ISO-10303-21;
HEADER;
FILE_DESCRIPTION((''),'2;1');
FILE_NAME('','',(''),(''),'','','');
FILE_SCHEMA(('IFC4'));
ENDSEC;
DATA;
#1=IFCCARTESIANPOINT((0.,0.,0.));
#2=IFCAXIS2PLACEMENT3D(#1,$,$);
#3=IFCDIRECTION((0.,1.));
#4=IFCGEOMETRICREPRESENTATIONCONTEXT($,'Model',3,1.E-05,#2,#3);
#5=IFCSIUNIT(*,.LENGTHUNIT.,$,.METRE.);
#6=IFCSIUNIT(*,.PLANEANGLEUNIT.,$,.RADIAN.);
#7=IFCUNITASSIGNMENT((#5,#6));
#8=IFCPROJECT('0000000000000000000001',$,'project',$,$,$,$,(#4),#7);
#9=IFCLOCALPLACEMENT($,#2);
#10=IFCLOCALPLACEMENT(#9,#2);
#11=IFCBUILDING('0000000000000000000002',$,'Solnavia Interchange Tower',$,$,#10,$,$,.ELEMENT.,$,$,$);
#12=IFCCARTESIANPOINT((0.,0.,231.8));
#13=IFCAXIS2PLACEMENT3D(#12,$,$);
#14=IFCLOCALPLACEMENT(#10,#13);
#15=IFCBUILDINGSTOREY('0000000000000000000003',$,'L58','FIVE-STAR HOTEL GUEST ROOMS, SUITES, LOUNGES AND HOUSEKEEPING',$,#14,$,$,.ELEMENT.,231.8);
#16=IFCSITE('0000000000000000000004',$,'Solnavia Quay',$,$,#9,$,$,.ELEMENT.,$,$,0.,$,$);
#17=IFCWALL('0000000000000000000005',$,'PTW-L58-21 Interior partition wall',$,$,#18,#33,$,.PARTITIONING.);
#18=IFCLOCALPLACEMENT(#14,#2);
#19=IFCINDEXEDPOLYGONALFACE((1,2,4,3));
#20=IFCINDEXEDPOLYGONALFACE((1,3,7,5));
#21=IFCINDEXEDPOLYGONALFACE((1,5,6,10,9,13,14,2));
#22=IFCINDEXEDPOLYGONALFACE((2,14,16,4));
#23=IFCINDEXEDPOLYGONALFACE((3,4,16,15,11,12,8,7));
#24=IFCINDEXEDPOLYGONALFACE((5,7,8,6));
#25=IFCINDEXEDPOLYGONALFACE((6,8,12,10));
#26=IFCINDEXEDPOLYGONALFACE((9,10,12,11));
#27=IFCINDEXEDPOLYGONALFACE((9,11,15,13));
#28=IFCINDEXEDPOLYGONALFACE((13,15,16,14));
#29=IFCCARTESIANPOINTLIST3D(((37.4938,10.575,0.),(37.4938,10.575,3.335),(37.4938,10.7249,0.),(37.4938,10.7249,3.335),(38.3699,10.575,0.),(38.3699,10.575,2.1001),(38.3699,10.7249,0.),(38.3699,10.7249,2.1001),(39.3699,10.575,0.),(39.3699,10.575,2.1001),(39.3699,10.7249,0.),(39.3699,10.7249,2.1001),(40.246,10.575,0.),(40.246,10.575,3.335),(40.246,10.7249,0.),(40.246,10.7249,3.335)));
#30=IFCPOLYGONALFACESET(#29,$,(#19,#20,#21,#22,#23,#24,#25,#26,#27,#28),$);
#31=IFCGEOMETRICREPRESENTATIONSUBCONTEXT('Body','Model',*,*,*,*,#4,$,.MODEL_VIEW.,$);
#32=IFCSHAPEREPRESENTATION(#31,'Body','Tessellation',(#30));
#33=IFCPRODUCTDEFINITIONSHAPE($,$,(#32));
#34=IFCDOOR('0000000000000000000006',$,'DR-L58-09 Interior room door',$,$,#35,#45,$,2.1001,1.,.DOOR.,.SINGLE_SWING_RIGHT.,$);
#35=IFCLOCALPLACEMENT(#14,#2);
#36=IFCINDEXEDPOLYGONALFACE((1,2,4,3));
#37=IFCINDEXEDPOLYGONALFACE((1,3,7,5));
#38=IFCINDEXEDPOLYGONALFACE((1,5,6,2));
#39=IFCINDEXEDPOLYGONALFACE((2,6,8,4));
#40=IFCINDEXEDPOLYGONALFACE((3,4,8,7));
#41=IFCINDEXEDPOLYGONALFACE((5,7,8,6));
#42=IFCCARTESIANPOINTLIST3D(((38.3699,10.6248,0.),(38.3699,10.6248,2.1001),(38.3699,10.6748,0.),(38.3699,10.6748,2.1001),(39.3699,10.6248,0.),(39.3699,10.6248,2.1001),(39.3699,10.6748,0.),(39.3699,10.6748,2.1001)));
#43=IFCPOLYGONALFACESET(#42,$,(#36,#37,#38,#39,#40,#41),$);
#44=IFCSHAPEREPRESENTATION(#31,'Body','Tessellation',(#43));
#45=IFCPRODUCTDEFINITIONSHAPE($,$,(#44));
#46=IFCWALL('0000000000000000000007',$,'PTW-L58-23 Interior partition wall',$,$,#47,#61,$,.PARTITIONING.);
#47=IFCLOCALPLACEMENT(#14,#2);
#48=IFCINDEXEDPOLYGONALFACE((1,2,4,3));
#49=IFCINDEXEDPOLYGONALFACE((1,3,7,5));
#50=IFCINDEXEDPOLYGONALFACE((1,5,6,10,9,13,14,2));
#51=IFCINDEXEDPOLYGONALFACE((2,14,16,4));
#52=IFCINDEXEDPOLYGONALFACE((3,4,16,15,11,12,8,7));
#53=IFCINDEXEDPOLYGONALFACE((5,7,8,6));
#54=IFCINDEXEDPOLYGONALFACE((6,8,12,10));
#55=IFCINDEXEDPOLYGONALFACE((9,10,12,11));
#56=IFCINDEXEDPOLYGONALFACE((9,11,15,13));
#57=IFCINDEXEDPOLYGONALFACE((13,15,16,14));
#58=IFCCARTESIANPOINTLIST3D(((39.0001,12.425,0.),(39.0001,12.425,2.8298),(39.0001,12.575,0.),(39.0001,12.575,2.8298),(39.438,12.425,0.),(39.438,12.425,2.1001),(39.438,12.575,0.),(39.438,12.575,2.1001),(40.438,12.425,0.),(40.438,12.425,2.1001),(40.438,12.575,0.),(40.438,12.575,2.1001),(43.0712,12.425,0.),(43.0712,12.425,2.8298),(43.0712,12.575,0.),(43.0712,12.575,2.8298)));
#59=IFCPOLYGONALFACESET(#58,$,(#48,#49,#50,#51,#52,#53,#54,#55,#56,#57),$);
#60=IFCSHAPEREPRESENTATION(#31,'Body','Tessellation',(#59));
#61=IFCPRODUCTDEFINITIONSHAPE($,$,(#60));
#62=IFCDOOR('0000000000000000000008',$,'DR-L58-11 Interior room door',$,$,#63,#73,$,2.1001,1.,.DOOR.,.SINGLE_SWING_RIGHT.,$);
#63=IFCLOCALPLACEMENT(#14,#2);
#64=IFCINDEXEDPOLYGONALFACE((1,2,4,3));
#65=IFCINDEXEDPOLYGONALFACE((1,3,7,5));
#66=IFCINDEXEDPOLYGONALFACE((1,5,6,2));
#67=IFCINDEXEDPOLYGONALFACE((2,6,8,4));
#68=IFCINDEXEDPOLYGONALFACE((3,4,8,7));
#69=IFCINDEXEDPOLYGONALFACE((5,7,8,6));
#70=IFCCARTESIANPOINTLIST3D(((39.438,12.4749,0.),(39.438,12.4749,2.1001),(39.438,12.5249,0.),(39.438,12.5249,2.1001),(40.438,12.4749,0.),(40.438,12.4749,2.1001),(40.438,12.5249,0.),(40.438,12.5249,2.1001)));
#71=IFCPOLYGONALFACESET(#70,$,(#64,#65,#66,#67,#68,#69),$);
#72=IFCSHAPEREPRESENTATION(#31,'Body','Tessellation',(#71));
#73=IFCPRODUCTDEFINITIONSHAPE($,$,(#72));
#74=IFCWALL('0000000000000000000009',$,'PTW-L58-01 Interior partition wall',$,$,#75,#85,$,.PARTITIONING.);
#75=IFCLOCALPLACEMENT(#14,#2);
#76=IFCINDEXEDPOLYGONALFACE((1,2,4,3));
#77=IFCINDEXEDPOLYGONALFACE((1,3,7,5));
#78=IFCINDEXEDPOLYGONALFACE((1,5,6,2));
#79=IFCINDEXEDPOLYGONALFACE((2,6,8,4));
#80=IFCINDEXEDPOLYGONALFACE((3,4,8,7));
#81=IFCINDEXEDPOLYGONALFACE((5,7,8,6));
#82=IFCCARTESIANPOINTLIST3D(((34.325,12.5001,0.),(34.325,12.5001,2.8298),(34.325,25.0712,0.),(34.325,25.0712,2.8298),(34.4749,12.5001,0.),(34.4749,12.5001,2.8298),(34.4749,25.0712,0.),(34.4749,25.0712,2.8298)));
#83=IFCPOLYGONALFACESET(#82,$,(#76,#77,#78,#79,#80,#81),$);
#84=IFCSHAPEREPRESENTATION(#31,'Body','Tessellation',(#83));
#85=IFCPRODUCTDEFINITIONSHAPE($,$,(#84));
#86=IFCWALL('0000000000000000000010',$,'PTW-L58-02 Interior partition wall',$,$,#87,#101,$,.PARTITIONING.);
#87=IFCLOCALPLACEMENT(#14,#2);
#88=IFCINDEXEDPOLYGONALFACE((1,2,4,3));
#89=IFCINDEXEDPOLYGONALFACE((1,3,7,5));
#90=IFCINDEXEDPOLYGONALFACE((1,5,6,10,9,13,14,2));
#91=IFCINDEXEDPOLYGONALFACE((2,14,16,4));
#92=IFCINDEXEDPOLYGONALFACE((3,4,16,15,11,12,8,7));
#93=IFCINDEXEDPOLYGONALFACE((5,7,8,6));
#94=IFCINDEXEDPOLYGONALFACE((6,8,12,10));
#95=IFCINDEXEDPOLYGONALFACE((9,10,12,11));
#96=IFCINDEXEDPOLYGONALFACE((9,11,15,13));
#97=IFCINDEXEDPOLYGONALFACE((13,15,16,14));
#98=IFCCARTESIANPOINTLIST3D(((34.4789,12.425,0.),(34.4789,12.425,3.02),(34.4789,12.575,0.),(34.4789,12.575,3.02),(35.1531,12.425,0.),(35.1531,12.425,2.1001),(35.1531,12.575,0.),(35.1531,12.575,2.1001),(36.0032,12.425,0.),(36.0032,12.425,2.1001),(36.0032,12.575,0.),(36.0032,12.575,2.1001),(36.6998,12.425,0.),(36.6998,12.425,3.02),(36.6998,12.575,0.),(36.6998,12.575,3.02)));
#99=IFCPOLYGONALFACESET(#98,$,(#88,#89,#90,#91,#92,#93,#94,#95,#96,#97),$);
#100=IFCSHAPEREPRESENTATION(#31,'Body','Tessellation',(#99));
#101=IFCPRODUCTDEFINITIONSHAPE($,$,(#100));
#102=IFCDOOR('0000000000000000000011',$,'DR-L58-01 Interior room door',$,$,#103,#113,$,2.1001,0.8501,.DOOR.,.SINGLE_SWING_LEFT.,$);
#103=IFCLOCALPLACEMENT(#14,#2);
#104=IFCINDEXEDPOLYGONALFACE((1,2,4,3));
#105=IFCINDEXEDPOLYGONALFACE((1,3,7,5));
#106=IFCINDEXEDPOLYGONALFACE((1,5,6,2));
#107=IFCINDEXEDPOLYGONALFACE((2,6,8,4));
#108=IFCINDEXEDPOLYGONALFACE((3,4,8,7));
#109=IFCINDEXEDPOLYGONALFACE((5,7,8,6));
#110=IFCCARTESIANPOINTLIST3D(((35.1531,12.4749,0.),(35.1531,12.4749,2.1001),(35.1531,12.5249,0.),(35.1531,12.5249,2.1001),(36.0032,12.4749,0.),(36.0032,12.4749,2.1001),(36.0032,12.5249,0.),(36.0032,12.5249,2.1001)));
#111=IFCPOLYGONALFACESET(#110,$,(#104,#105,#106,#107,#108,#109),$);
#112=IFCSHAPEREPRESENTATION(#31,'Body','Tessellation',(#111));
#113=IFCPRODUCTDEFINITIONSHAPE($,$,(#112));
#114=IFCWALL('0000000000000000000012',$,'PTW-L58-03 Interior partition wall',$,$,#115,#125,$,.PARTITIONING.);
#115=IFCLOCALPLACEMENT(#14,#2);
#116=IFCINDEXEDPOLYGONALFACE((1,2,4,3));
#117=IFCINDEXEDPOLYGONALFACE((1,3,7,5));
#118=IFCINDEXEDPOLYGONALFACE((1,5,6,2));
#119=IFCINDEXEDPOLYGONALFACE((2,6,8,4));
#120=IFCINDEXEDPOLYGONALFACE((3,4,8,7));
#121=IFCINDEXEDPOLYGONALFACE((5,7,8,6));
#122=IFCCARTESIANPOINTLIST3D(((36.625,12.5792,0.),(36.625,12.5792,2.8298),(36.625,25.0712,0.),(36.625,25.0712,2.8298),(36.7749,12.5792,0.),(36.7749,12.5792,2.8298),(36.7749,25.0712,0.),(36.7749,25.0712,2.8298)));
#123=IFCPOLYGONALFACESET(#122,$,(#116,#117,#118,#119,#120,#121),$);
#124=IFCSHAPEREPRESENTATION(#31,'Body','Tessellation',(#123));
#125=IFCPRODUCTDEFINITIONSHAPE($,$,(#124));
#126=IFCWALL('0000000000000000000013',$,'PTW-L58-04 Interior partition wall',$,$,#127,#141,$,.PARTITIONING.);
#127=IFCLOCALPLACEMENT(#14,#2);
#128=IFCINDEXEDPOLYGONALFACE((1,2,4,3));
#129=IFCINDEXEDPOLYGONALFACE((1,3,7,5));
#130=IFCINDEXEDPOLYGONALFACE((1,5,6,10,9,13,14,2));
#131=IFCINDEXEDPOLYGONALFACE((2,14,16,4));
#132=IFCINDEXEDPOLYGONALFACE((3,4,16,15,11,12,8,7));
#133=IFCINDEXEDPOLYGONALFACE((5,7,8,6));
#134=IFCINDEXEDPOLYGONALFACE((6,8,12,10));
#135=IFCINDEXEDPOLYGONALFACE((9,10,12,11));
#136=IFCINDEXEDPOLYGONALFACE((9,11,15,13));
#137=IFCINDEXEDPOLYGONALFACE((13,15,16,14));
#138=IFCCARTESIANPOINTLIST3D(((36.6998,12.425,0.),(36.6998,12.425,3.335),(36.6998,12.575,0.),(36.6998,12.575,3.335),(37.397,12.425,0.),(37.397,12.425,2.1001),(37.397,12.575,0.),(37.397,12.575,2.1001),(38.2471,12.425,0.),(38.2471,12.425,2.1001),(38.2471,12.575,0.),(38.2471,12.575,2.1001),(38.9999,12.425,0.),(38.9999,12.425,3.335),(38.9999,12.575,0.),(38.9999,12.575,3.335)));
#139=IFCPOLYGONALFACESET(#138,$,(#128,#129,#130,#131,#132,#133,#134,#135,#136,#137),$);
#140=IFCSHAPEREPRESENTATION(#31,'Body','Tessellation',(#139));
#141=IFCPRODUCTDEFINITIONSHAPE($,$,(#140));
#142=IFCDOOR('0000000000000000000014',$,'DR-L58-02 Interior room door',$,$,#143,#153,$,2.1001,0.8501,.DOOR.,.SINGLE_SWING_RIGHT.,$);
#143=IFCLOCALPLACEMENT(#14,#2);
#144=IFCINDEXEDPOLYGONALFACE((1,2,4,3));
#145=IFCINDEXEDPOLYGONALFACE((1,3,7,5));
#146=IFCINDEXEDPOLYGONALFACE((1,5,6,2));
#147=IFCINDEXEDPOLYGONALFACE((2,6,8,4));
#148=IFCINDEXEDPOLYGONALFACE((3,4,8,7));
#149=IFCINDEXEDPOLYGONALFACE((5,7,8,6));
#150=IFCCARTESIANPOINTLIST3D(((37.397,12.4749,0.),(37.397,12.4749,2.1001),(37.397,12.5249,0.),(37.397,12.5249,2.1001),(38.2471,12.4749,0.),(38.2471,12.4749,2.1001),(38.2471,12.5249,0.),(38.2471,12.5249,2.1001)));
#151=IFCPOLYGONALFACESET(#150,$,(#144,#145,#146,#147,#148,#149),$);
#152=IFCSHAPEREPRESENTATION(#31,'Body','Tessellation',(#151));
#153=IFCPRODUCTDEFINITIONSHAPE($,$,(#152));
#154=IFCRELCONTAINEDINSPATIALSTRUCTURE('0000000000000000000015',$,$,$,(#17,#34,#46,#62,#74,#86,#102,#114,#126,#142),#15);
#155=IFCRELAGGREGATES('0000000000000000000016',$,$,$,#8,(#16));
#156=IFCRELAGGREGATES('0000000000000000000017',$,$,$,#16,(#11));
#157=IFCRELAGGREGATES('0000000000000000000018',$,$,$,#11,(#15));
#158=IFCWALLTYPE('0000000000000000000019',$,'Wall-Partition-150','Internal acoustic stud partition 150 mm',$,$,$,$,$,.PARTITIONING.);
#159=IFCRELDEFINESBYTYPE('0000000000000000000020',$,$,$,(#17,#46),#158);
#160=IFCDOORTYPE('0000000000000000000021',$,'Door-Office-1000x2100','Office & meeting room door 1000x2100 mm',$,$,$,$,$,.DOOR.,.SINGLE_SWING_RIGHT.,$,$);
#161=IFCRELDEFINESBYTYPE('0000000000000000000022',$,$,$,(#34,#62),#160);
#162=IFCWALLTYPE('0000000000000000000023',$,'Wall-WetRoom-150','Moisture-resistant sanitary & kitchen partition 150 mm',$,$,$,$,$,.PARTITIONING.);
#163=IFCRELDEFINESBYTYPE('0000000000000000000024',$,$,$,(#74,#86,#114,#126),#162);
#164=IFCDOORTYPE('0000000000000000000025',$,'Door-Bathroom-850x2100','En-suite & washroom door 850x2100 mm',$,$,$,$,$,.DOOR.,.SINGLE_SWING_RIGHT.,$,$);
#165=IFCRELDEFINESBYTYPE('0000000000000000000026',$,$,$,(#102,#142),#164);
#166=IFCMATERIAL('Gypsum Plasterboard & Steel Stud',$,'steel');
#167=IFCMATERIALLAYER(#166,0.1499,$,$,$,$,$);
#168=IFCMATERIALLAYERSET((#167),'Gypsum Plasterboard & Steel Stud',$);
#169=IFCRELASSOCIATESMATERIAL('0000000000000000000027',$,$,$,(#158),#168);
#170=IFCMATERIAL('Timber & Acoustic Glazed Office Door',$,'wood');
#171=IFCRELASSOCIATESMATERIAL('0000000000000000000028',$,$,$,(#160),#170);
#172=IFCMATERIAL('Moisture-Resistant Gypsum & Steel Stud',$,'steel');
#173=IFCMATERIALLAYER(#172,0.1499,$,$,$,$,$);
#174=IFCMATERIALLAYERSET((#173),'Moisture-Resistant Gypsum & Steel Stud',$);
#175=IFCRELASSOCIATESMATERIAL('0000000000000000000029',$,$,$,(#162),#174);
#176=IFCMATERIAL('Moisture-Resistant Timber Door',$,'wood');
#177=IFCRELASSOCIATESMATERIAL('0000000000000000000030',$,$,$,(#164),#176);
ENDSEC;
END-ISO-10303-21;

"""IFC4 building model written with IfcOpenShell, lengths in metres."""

from ifc_helpers import new_model, si_unit, direction, frame, frame_2d, origin, place, context, subcontext, project, spatial, rectangle, extrude, material, layer, layer_set, type_object, element, fill, save


model = new_model("IFC4")

# Units and contexts
model_context = context("Model", 3, precision=1e-05, world=origin(), true_north=direction((0.0, 1.0)))
body_context = subcontext(model_context, "Body", "Model", "MODEL_VIEW")
ifc_project = project(units=[si_unit("LENGTHUNIT", "METRE"), si_unit("PLANEANGLEUNIT", "RADIAN")], contexts=[model_context])

# Site, building, storey
site_placement = place(None, origin())
site = spatial("IfcSite", under=ifc_project, at=site_placement, Name="Solnavia Quay", CompositionType="ELEMENT", RefElevation=0.0)
building_placement = place(site_placement, origin())
building = spatial("IfcBuilding", under=site, at=building_placement, Name="Solnavia Interchange Tower", CompositionType="ELEMENT")
storey_placement = place(building_placement, frame((0.0, 0.0, 231.8)))
storey = spatial("IfcBuildingStorey", under=building, at=storey_placement, Name="L58", Description="FIVE-STAR HOTEL GUEST ROOMS, SUITES, LOUNGES AND HOUSEKEEPING", CompositionType="ELEMENT", Elevation=231.8)

# Walls, openings, doors
ifc_material_1 = material(Name="Gypsum Plasterboard & Steel Stud", Category="steel")
ifc_layer_1 = layer(ifc_material_1, 0.1499)
ifc_layer_set_1 = layer_set([ifc_layer_1], Name="Gypsum Plasterboard & Steel Stud")
wall_type_1 = type_object("IfcWallType", Name="Wall-Partition-150", Description="Internal acoustic stud partition 150 mm", PredefinedType="PARTITIONING", material=ifc_layer_set_1)
ifc_material_2 = material(Name="Timber & Acoustic Glazed Office Door", Category="wood")
door_type_1 = type_object("IfcDoorType", Name="Door-Office-1000x2100", Description="Office & meeting room door 1000x2100 mm", OperationType="SINGLE_SWING_RIGHT", PredefinedType="DOOR", material=ifc_material_2)
wall_1_placement = place(storey_placement, frame((37.4939, 10.6499, 0.0), z_axis=(0.0, 0.0, 1.0), x_axis=(1.0, 0.0, 0.0)))
wall_1 = element("IfcWall", 1, at=wall_1_placement, inside=storey, type_object=wall_type_1, Name="PTW-L58-21 Interior partition wall", PredefinedType="PARTITIONING", context=body_context, shape_type="SweptSolid", body=[
    extrude(rectangle(XDim=2.7522, YDim=0.1499, at=frame_2d((1.376, 0.0))), origin(), (0.0, 0.0, 1.0), 3.335),
])
opening_1_placement = place(wall_1_placement, frame((0.876, 0.0, 0.0)))
opening_1 = element("IfcOpeningElement", 2, at=opening_1_placement, cuts=wall_1, PredefinedType="OPENING", context=body_context, shape_type="SweptSolid", body=[
    extrude(rectangle(XDim=1.0, YDim=2.1001, at=frame_2d((0.5, 1.05))), frame((0.0, 0.085, 0.0), z_axis=(0.0, -1.0, 0.0), x_axis=(1.0, 0.0, 0.0)), (0.0, 0.0, 1.0), 0.1699),
])
door_1_placement = place(opening_1_placement, origin())
door_1 = element("IfcDoor", 3, at=door_1_placement, inside=storey, type_object=door_type_1, Name="DR-L58-09 Interior room door", OperationType="SINGLE_SWING_RIGHT", OverallHeight=2.1001, OverallWidth=1.0, PredefinedType="DOOR", context=body_context, shape_type="SweptSolid", body=[
    extrude(rectangle(XDim=1.0, YDim=2.1001, at=frame_2d((0.5, 1.05))), frame((0.0, 0.0249, 0.0), z_axis=(0.0, -1.0, 0.0), x_axis=(1.0, 0.0, 0.0)), (0.0, 0.0, 1.0), 0.05),
])
fill(opening_1, door_1)
wall_2_placement = place(storey_placement, frame((39.0, 12.5, 0.0), z_axis=(0.0, 0.0, 1.0), x_axis=(1.0, 0.0, 0.0)))
wall_2 = element("IfcWall", 4, at=wall_2_placement, inside=storey, type_object=wall_type_1, Name="PTW-L58-23 Interior partition wall", PredefinedType="PARTITIONING", context=body_context, shape_type="SweptSolid", body=[
    extrude(rectangle(XDim=4.071, YDim=0.1499, at=frame_2d((2.0356, 0.0))), origin(), (0.0, 0.0, 1.0), 2.8298),
])
opening_2_placement = place(wall_2_placement, frame((0.438, 0.0, 0.0)))
opening_2 = element("IfcOpeningElement", 5, at=opening_2_placement, cuts=wall_2, PredefinedType="OPENING", context=body_context, shape_type="SweptSolid", body=[
    extrude(rectangle(XDim=1.0, YDim=2.1001, at=frame_2d((0.5, 1.05))), frame((0.0, 0.085, 0.0), z_axis=(0.0, -1.0, 0.0), x_axis=(1.0, 0.0, 0.0)), (0.0, 0.0, 1.0), 0.1699),
])
door_2_placement = place(opening_2_placement, origin())
door_2 = element("IfcDoor", 6, at=door_2_placement, inside=storey, type_object=door_type_1, Name="DR-L58-11 Interior room door", OperationType="SINGLE_SWING_RIGHT", OverallHeight=2.1001, OverallWidth=1.0, PredefinedType="DOOR", context=body_context, shape_type="SweptSolid", body=[
    extrude(rectangle(XDim=1.0, YDim=2.1001, at=frame_2d((0.5, 1.05))), frame((0.0, 0.0249, 0.0), z_axis=(0.0, -1.0, 0.0), x_axis=(1.0, 0.0, 0.0)), (0.0, 0.0, 1.0), 0.05),
])
fill(opening_2, door_2)

# Wall
ifc_material_3 = material(Name="Moisture-Resistant Gypsum & Steel Stud", Category="steel")
ifc_layer_2 = layer(ifc_material_3, 0.1499)
ifc_layer_set_2 = layer_set([ifc_layer_2], Name="Moisture-Resistant Gypsum & Steel Stud")
wall_type_2 = type_object("IfcWallType", Name="Wall-WetRoom-150", Description="Moisture-resistant sanitary & kitchen partition 150 mm", PredefinedType="PARTITIONING", material=ifc_layer_set_2)
wall_3_placement = place(storey_placement, frame((34.3999, 12.5, 0.0), z_axis=(0.0, 0.0, 1.0), x_axis=(0.0, 1.0, 0.0)))
element("IfcWall", 7, at=wall_3_placement, inside=storey, type_object=wall_type_2, Name="PTW-L58-01 Interior partition wall", PredefinedType="PARTITIONING", context=body_context, shape_type="SweptSolid", body=[
    extrude(rectangle(XDim=12.571, YDim=0.1499, at=frame_2d((6.2856, 0.0))), origin(), (0.0, 0.0, 1.0), 2.8298),
])

# Wall, opening, door
wall_4_placement = place(storey_placement, frame((34.479, 12.5, 0.0), z_axis=(0.0, 0.0, 1.0), x_axis=(1.0, 0.0, 0.0)))
wall_4 = element("IfcWall", 8, at=wall_4_placement, inside=storey, type_object=wall_type_2, Name="PTW-L58-02 Interior partition wall", PredefinedType="PARTITIONING", context=body_context, shape_type="SweptSolid", body=[
    extrude(rectangle(XDim=2.2209, YDim=0.1499, at=frame_2d((1.1104, 0.0))), origin(), (0.0, 0.0, 1.0), 3.02),
])
opening_3_placement = place(wall_4_placement, frame((0.6741, 0.0, 0.0)))
opening_3 = element("IfcOpeningElement", 9, at=opening_3_placement, cuts=wall_4, PredefinedType="OPENING", context=body_context, shape_type="SweptSolid", body=[
    extrude(rectangle(XDim=0.8501, YDim=2.1001, at=frame_2d((0.425, 1.05))), frame((0.0, 0.085, 0.0), z_axis=(0.0, -1.0, 0.0), x_axis=(1.0, 0.0, 0.0)), (0.0, 0.0, 1.0), 0.1699),
])
ifc_material_4 = material(Name="Moisture-Resistant Timber Door", Category="wood")
door_type_2 = type_object("IfcDoorType", Name="Door-Bathroom-850x2100", Description="En-suite & washroom door 850x2100 mm", OperationType="SINGLE_SWING_RIGHT", PredefinedType="DOOR", material=ifc_material_4)
door_3_placement = place(opening_3_placement, origin())
door_3 = element("IfcDoor", 10, at=door_3_placement, inside=storey, type_object=door_type_2, Name="DR-L58-01 Interior room door", OperationType="SINGLE_SWING_LEFT", OverallHeight=2.1001, OverallWidth=0.8501, PredefinedType="DOOR", context=body_context, shape_type="SweptSolid", body=[
    extrude(rectangle(XDim=0.8501, YDim=2.1001, at=frame_2d((0.425, 1.05))), frame((0.0, 0.0249, 0.0), z_axis=(0.0, -1.0, 0.0), x_axis=(1.0, 0.0, 0.0)), (0.0, 0.0, 1.0), 0.05),
])
fill(opening_3, door_3)

# Wall
wall_5_placement = place(storey_placement, frame((36.7, 12.5791, 0.0), z_axis=(0.0, 0.0, 1.0), x_axis=(0.0, 1.0, 0.0)))
element("IfcWall", 11, at=wall_5_placement, inside=storey, type_object=wall_type_2, Name="PTW-L58-03 Interior partition wall", PredefinedType="PARTITIONING", context=body_context, shape_type="SweptSolid", body=[
    extrude(rectangle(XDim=12.4919, YDim=0.1499, at=frame_2d((6.2461, 0.0))), origin(), (0.0, 0.0, 1.0), 2.8298),
])

# Wall, opening, door
wall_6_placement = place(storey_placement, frame((36.7, 12.5, 0.0), z_axis=(0.0, 0.0, 1.0), x_axis=(1.0, 0.0, 0.0)))
wall_6 = element("IfcWall", 12, at=wall_6_placement, inside=storey, type_object=wall_type_2, Name="PTW-L58-04 Interior partition wall", PredefinedType="PARTITIONING", context=body_context, shape_type="SweptSolid", body=[
    extrude(rectangle(XDim=2.3, YDim=0.1499, at=frame_2d((1.1499, 0.0))), origin(), (0.0, 0.0, 1.0), 3.335),
])
opening_4_placement = place(wall_6_placement, frame((0.697, 0.0, 0.0)))
opening_4 = element("IfcOpeningElement", 13, at=opening_4_placement, cuts=wall_6, PredefinedType="OPENING", context=body_context, shape_type="SweptSolid", body=[
    extrude(rectangle(XDim=0.8501, YDim=2.1001, at=frame_2d((0.425, 1.05))), frame((0.0, 0.085, 0.0), z_axis=(0.0, -1.0, 0.0), x_axis=(1.0, 0.0, 0.0)), (0.0, 0.0, 1.0), 0.1699),
])
door_4_placement = place(opening_4_placement, origin())
door_4 = element("IfcDoor", 14, at=door_4_placement, inside=storey, type_object=door_type_2, Name="DR-L58-02 Interior room door", OperationType="SINGLE_SWING_RIGHT", OverallHeight=2.1001, OverallWidth=0.8501, PredefinedType="DOOR", context=body_context, shape_type="SweptSolid", body=[
    extrude(rectangle(XDim=0.8501, YDim=2.1001, at=frame_2d((0.425, 1.05))), frame((0.0, 0.0249, 0.0), z_axis=(0.0, -1.0, 0.0), x_axis=(1.0, 0.0, 0.0)), (0.0, 0.0, 1.0), 0.05),
])
fill(opening_4, door_4)

save(model, "model.ifc")
